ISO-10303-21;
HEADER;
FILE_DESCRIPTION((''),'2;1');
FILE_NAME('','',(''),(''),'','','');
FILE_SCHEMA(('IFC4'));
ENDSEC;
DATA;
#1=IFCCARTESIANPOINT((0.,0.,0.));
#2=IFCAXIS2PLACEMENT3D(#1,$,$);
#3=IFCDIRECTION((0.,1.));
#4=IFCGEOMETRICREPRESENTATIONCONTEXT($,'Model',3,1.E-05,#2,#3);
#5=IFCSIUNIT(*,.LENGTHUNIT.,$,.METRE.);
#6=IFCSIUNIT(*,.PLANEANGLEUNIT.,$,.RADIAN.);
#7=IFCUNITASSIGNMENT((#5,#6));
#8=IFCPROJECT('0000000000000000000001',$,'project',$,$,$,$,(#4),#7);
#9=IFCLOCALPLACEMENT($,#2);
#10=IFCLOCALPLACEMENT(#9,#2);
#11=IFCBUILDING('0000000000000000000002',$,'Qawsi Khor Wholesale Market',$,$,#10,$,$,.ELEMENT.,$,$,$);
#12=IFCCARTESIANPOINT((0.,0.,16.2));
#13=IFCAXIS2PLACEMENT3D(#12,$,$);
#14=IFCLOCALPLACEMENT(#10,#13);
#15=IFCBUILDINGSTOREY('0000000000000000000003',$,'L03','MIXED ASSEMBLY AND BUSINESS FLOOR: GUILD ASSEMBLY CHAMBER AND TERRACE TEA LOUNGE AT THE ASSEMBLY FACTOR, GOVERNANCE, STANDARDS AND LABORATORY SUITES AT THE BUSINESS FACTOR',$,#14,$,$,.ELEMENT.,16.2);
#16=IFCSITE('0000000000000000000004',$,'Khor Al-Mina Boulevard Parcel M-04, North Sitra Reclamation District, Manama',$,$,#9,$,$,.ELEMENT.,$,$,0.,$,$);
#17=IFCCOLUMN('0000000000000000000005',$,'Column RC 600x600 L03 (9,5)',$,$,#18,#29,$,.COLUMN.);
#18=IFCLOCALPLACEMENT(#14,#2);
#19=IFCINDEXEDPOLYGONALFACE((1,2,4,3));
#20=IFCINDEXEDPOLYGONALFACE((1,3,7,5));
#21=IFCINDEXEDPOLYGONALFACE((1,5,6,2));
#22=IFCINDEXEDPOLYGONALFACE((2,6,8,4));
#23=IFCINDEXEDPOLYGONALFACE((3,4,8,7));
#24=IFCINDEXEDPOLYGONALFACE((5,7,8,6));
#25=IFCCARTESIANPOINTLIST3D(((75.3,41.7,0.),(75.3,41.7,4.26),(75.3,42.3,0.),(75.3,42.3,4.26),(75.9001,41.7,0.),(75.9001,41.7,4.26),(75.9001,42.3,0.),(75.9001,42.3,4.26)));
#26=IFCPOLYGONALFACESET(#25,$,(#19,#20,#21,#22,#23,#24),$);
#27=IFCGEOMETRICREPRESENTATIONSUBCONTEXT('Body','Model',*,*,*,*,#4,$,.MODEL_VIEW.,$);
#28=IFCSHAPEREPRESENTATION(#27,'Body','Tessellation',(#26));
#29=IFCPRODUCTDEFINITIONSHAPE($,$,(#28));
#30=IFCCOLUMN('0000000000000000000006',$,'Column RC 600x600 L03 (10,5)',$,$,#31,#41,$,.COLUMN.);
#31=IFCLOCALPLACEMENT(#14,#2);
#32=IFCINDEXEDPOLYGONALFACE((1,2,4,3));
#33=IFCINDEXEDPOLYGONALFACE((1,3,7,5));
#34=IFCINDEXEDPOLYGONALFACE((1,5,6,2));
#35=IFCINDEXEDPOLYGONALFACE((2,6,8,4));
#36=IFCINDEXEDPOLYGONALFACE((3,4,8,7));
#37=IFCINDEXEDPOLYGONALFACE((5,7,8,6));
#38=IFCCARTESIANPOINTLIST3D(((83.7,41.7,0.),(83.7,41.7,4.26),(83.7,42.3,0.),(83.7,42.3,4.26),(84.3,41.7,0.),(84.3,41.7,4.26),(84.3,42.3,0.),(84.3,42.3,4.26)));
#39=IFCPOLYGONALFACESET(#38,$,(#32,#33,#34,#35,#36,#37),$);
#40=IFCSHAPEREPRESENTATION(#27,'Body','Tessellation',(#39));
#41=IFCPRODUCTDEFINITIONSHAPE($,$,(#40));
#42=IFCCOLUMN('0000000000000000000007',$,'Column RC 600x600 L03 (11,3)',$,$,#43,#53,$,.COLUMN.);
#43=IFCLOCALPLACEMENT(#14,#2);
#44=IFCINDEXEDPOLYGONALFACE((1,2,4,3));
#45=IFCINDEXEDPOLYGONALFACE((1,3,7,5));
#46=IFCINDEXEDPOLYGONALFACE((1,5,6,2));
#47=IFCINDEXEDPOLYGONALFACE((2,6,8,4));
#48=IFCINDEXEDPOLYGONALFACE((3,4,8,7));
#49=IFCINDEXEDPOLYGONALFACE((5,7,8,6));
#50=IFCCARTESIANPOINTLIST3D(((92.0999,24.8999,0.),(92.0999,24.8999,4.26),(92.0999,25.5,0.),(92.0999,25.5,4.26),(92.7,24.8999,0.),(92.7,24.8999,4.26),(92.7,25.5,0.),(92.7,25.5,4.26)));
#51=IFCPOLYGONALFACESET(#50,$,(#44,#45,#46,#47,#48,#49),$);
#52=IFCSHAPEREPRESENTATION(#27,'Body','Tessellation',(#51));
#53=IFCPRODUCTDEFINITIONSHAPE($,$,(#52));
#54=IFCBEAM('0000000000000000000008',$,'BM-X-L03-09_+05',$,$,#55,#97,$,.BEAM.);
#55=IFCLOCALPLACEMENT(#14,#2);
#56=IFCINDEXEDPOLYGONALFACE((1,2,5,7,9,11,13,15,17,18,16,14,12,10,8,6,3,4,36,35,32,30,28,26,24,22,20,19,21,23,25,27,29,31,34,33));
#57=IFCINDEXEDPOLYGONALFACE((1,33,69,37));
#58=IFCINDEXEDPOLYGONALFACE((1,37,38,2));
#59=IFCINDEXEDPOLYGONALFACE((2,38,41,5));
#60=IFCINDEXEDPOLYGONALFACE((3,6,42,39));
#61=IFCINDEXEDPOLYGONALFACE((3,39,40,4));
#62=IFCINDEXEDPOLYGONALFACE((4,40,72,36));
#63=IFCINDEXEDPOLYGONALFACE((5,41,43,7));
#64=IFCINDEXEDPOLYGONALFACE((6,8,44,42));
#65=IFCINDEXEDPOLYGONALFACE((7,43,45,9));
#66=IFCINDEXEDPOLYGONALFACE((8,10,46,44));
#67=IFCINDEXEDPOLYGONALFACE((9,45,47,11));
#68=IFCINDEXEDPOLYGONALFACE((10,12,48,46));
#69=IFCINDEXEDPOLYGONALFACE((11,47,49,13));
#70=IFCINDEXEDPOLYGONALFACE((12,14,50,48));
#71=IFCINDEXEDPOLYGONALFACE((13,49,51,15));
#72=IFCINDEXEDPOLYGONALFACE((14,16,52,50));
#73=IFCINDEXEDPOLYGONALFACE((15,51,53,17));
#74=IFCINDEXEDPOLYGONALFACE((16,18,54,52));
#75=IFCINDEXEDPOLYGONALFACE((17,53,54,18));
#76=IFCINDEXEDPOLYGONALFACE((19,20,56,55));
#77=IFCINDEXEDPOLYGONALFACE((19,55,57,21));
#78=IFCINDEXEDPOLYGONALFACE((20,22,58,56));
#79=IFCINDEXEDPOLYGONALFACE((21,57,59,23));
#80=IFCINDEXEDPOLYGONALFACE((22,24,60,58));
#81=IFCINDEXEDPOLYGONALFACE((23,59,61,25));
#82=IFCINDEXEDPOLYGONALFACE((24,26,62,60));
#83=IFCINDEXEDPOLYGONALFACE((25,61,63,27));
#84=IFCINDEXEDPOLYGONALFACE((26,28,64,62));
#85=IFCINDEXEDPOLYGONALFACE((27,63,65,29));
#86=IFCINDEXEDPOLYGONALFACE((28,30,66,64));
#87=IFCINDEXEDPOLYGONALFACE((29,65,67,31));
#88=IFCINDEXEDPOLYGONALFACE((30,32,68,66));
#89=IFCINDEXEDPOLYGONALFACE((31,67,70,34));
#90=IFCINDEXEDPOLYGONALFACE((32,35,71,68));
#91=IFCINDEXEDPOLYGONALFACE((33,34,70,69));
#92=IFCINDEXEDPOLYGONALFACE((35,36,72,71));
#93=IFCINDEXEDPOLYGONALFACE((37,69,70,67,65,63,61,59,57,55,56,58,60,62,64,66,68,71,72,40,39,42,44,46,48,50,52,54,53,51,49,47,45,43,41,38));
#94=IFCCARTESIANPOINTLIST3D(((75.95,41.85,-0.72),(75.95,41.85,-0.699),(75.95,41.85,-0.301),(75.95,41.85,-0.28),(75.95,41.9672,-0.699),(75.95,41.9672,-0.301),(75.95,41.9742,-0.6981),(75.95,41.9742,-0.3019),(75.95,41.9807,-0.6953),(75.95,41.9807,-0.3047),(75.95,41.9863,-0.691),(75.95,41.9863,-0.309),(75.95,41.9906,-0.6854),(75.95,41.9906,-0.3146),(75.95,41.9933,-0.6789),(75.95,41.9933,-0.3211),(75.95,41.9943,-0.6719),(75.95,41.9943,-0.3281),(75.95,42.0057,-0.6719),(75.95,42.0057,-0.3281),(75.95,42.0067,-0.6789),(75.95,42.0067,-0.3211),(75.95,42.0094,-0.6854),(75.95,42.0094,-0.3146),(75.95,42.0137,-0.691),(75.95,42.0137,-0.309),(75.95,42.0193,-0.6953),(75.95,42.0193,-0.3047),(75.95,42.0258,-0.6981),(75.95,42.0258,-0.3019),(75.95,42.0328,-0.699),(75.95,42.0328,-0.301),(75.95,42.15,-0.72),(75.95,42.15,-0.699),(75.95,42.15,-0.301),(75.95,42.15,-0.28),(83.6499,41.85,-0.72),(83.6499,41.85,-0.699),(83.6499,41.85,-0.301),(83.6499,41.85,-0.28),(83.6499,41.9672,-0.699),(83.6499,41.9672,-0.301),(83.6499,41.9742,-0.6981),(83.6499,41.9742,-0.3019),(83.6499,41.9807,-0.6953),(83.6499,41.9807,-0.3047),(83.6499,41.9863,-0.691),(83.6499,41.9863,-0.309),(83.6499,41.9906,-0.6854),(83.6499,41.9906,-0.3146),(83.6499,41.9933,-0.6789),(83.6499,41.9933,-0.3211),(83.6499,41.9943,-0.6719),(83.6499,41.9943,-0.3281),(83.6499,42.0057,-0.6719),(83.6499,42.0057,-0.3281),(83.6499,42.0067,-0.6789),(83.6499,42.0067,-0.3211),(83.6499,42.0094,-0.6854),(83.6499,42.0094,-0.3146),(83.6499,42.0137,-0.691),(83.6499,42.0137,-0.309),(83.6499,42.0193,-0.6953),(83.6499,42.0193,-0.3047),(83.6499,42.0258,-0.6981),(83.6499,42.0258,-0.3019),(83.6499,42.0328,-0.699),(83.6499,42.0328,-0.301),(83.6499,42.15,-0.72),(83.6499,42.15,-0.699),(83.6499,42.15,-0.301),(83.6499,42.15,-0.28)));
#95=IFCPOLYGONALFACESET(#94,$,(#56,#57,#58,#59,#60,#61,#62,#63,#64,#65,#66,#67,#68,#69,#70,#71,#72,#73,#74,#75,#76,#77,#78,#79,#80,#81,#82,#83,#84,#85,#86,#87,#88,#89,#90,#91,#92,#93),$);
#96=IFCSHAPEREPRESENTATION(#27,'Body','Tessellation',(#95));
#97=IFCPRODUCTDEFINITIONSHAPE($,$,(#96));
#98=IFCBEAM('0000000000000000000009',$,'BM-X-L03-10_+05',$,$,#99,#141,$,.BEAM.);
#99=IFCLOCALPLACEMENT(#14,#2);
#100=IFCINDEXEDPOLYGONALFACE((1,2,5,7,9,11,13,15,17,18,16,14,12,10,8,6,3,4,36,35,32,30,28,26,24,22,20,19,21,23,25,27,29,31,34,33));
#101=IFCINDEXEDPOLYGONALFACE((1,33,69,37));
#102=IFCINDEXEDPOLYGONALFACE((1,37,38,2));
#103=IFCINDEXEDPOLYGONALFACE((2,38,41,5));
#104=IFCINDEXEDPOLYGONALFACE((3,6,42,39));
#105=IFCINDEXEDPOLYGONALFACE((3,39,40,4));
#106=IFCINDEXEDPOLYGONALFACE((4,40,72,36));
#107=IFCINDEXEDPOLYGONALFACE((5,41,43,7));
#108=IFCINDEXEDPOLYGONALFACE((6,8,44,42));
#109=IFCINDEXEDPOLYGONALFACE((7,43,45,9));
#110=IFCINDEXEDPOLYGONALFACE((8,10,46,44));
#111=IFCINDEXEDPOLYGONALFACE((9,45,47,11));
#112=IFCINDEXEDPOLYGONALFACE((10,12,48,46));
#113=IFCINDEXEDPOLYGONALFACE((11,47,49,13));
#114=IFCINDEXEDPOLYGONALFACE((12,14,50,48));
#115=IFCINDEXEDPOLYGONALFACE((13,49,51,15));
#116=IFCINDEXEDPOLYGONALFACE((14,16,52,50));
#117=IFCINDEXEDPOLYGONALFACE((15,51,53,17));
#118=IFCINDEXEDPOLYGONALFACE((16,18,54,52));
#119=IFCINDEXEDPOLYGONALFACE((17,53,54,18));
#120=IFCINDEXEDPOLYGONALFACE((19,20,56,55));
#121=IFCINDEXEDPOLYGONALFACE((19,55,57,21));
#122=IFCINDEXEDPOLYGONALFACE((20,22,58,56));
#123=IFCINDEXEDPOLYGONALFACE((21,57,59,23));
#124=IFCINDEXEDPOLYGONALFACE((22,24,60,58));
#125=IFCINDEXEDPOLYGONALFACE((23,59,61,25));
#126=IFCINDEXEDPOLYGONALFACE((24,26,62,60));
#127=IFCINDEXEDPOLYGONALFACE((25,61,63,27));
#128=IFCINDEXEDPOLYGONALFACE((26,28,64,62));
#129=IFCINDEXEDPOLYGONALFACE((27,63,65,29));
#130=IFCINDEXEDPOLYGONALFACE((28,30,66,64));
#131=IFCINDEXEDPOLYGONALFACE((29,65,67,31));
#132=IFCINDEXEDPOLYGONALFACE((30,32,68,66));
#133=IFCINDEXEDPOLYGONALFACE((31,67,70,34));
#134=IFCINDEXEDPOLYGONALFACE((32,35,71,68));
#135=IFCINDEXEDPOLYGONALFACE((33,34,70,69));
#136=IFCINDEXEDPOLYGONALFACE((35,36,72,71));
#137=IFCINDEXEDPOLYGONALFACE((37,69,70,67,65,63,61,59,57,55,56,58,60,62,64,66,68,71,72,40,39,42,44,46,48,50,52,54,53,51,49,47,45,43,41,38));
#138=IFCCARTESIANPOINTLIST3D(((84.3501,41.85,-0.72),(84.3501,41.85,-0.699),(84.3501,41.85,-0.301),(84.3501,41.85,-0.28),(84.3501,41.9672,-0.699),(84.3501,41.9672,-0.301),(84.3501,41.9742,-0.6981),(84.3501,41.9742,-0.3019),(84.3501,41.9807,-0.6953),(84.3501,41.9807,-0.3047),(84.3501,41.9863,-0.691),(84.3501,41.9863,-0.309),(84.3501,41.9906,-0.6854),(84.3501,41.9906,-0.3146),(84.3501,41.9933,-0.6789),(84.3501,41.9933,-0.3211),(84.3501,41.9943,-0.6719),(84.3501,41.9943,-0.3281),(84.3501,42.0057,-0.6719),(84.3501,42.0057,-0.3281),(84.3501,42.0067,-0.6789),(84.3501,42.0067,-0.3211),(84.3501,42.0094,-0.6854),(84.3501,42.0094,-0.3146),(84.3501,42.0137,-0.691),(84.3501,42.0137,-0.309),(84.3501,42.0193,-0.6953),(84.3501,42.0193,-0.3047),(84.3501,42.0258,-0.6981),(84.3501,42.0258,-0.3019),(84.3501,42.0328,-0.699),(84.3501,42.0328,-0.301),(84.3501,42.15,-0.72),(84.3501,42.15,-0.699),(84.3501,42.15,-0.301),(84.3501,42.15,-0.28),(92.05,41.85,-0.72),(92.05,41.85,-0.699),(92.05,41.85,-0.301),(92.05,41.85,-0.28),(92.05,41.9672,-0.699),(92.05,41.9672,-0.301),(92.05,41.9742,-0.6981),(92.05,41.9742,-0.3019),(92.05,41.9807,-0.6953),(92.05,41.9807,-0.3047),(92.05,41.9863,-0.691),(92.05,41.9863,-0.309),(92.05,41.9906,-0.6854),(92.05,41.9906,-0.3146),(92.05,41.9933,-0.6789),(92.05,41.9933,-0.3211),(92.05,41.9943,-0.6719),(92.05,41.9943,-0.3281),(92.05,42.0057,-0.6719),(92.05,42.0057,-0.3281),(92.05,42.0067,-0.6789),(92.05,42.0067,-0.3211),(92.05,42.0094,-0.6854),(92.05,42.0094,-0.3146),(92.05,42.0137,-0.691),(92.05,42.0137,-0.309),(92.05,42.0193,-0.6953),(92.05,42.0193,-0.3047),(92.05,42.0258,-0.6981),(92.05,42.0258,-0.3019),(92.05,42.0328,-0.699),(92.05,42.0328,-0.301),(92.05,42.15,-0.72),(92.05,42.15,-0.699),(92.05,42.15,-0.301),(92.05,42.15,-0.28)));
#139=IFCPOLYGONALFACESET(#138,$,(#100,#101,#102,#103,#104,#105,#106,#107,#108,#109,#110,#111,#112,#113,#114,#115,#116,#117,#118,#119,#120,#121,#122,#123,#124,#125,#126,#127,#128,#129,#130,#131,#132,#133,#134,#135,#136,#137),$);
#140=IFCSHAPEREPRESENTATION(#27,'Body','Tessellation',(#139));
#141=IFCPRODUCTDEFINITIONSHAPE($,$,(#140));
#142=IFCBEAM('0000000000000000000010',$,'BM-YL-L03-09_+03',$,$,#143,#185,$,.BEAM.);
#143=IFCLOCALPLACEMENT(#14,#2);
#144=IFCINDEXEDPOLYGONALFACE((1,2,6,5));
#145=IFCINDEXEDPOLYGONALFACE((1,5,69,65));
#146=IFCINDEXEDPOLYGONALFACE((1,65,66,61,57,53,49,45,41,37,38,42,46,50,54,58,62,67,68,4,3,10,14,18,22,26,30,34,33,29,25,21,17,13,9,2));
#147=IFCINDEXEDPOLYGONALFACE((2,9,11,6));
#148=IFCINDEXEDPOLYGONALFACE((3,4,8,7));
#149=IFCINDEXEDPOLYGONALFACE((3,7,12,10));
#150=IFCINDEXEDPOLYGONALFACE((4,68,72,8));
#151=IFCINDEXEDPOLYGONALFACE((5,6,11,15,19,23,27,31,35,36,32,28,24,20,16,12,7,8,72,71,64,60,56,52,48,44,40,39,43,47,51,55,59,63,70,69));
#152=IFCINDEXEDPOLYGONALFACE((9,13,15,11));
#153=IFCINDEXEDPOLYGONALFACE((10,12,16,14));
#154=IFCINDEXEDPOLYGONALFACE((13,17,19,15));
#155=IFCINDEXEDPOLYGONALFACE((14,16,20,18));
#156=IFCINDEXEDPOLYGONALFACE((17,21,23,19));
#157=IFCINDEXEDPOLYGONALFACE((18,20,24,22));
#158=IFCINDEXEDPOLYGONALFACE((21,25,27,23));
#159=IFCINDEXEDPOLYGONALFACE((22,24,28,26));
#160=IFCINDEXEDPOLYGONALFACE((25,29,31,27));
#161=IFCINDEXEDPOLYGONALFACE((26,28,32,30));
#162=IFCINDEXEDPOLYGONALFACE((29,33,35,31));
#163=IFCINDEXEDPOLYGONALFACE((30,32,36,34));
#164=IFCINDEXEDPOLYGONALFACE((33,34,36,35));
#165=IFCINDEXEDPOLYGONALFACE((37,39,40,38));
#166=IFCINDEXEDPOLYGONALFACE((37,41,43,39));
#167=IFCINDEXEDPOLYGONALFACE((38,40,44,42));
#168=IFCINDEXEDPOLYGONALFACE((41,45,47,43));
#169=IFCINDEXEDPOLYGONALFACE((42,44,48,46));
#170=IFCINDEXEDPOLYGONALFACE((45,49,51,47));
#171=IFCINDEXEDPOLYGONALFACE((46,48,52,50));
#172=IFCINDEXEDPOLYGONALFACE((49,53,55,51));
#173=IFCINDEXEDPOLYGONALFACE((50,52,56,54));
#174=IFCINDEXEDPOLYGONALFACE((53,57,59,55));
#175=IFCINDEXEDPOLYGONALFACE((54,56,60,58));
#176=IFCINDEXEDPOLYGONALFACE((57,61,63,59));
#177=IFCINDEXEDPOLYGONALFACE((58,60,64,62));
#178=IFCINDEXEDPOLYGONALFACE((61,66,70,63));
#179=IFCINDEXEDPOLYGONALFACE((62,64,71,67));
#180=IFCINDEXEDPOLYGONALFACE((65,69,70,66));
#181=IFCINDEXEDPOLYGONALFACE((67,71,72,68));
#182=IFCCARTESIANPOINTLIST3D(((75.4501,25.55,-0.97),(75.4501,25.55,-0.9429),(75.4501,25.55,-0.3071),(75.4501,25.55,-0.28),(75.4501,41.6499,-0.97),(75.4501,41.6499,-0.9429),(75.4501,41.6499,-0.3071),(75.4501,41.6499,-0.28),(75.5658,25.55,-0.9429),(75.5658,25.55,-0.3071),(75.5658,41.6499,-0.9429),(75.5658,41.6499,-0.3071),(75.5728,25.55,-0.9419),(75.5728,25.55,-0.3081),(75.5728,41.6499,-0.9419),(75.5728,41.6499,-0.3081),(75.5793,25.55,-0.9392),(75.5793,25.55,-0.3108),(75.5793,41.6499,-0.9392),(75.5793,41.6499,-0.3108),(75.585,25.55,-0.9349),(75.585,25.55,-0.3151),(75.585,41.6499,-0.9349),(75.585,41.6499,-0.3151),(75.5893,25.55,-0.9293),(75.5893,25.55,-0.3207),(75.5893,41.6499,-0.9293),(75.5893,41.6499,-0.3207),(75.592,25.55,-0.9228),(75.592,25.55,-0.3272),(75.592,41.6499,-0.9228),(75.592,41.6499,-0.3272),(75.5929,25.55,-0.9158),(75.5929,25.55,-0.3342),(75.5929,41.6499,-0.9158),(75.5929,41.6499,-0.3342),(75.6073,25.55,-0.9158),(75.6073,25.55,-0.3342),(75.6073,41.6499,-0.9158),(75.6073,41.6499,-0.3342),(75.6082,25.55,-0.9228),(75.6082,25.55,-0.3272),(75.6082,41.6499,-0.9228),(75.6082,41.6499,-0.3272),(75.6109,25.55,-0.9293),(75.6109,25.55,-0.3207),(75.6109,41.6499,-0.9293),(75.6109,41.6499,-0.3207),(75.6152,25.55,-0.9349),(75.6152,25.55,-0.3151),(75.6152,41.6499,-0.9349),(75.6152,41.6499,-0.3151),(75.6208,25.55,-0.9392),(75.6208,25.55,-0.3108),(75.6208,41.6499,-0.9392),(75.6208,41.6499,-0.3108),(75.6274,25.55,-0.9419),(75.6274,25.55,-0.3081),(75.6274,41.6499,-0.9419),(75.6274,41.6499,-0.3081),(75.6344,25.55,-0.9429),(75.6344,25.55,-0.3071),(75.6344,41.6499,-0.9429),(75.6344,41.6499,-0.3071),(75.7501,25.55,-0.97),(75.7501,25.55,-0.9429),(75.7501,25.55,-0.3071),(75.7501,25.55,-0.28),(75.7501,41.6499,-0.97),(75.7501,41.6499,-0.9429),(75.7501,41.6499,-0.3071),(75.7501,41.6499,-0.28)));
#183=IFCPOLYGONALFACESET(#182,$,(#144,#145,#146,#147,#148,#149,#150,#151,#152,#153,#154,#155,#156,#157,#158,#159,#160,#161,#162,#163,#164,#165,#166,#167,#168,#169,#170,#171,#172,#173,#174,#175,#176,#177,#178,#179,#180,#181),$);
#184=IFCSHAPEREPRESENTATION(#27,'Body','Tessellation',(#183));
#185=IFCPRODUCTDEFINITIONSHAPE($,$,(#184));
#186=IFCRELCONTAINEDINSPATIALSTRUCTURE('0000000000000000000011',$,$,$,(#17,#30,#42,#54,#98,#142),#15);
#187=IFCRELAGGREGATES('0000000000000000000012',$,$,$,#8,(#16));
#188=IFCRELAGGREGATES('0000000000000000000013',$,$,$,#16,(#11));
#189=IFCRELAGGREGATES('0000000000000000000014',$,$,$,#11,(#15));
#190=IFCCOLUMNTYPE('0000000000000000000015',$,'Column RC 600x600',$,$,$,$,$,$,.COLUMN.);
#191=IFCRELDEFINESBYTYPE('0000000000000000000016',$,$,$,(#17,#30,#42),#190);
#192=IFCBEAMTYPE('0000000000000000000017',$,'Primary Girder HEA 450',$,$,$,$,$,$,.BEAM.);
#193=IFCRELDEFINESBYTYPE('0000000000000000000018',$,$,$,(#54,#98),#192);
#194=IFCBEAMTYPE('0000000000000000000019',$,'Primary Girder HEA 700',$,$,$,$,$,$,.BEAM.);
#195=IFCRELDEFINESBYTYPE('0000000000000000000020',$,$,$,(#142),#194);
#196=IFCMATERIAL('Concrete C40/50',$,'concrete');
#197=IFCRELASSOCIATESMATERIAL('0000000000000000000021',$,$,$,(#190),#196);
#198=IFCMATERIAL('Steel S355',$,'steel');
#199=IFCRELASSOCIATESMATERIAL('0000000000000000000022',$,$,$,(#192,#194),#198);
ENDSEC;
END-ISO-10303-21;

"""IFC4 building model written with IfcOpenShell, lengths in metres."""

from ifc_helpers import new_model, si_unit, direction, frame, origin, origin_2d, place, context, subcontext, project, spatial, rectangle, i_section, extrude, material, material_profile, profile_set, type_object, element, save


model = new_model("IFC4")

# Units and contexts
model_context = context("Model", 3, precision=1e-05, world=origin(), true_north=direction((0.0, 1.0)))
body_context = subcontext(model_context, "Body", "Model", "MODEL_VIEW")
ifc_project = project(units=[si_unit("LENGTHUNIT", "METRE"), si_unit("PLANEANGLEUNIT", "RADIAN")], contexts=[model_context])

# Site, building, storey
site_placement = place(None, origin())
site = spatial("IfcSite", under=ifc_project, at=site_placement, Name="Khor Al-Mina Boulevard Parcel M-04, North Sitra Reclamation District, Manama", CompositionType="ELEMENT", RefElevation=0.0)
building_placement = place(site_placement, origin())
building = spatial("IfcBuilding", under=site, at=building_placement, Name="Qawsi Khor Wholesale Market", CompositionType="ELEMENT")
storey_placement = place(building_placement, frame((0.0, 0.0, 16.2)))
storey = spatial("IfcBuildingStorey", under=building, at=storey_placement, Name="L03", Description="MIXED ASSEMBLY AND BUSINESS FLOOR: GUILD ASSEMBLY CHAMBER AND TERRACE TEA LOUNGE AT THE ASSEMBLY FACTOR, GOVERNANCE, STANDARDS AND LABORATORY SUITES AT THE BUSINESS FACTOR", CompositionType="ELEMENT", Elevation=16.2)

# Columns
ifc_material_1 = material(Name="Concrete C40/50", Category="concrete")
ifc_material_profile_1 = material_profile(ifc_material_1, rectangle(XDim=0.6001, YDim=0.6001, at=origin_2d()), Name="RC 600x600")
ifc_profile_set_1 = profile_set([ifc_material_profile_1], Name="Concrete C40/50")
column_type = type_object("IfcColumnType", Name="Column RC 600x600", PredefinedType="COLUMN", material=ifc_profile_set_1)
for number, where, z_axis, x_axis, name in (
    (1, (75.6001, 42.0, 0.0), (0.0, 0.0, 1.0), (1.0, 0.0, 0.0), "Column RC 600x600 L03 (9,5)"),
    (2, (84.0, 42.0, 0.0), (0.0, 0.0, 1.0), (1.0, 0.0, 0.0), "Column RC 600x600 L03 (10,5)"),
    (3, (92.3999, 25.2, 0.0), (0.0, 0.0, 1.0), (1.0, 0.0, 0.0), "Column RC 600x600 L03 (11,3)"),
):
    element("IfcColumn", number, at=place(storey_placement, frame(where, z_axis=z_axis, x_axis=x_axis)), inside=storey, type_object=column_type, Name=name, PredefinedType="COLUMN", context=body_context, shape_type="SweptSolid", body=[
        extrude(rectangle(XDim=0.6001, YDim=0.6001, at=origin_2d()), origin(), (0.0, 0.0, 1.0), 4.26),
    ])

# Beams
ifc_material_2 = material(Name="Steel S355", Category="steel")
ifc_material_profile_2 = material_profile(ifc_material_2, i_section(OverallWidth=0.3, OverallDepth=0.4399, WebThickness=0.0115, FlangeThickness=0.021, FilletRadius=0.0271, at=origin_2d()), Name="HEA 450")
ifc_profile_set_2 = profile_set([ifc_material_profile_2], Name="Steel S355")
beam_type_1 = type_object("IfcBeamType", Name="Primary Girder HEA 450", PredefinedType="BEAM", material=ifc_profile_set_2)
for number, where, z_axis, x_axis, name in (
    (4, (75.95, 42.0, -0.5), (1.0, 0.0, 0.0), (0.0, 1.0, 0.0), "BM-X-L03-09_+05"),
    (5, (84.3501, 42.0, -0.5), (1.0, 0.0, 0.0), (0.0, 1.0, 0.0), "BM-X-L03-10_+05"),
):
    element("IfcBeam", number, at=place(storey_placement, frame(where, z_axis=z_axis, x_axis=x_axis)), inside=storey, type_object=beam_type_1, Name=name, PredefinedType="BEAM", context=body_context, shape_type="SweptSolid", body=[
        extrude(i_section(OverallWidth=0.3, OverallDepth=0.4399, WebThickness=0.0115, FlangeThickness=0.021, FilletRadius=0.0271, at=origin_2d()), origin(), (0.0, 0.0, 1.0), 7.7),
    ])
ifc_material_profile_3 = material_profile(ifc_material_2, i_section(OverallWidth=0.3, OverallDepth=0.6899, WebThickness=0.0144, FlangeThickness=0.0271, FilletRadius=0.0271, at=origin_2d()), Name="HEA 700")
ifc_profile_set_3 = profile_set([ifc_material_profile_3], Name="Steel S355")
beam_type_2 = type_object("IfcBeamType", Name="Primary Girder HEA 700", PredefinedType="BEAM", material=ifc_profile_set_3)
for number, where, z_axis, x_axis, name in (
    (6, (75.6001, 25.55, -0.625), (0.0, 1.0, 0.0), (-1.0, 0.0, 0.0), "BM-YL-L03-09_+03"),
):
    element("IfcBeam", number, at=place(storey_placement, frame(where, z_axis=z_axis, x_axis=x_axis)), inside=storey, type_object=beam_type_2, Name=name, PredefinedType="BEAM", context=body_context, shape_type="SweptSolid", body=[
        extrude(i_section(OverallWidth=0.3, OverallDepth=0.6899, WebThickness=0.0144, FlangeThickness=0.0271, FilletRadius=0.0271, at=origin_2d()), origin(), (0.0, 0.0, 1.0), 16.0999),
    ])

save(model, "model.ifc")
